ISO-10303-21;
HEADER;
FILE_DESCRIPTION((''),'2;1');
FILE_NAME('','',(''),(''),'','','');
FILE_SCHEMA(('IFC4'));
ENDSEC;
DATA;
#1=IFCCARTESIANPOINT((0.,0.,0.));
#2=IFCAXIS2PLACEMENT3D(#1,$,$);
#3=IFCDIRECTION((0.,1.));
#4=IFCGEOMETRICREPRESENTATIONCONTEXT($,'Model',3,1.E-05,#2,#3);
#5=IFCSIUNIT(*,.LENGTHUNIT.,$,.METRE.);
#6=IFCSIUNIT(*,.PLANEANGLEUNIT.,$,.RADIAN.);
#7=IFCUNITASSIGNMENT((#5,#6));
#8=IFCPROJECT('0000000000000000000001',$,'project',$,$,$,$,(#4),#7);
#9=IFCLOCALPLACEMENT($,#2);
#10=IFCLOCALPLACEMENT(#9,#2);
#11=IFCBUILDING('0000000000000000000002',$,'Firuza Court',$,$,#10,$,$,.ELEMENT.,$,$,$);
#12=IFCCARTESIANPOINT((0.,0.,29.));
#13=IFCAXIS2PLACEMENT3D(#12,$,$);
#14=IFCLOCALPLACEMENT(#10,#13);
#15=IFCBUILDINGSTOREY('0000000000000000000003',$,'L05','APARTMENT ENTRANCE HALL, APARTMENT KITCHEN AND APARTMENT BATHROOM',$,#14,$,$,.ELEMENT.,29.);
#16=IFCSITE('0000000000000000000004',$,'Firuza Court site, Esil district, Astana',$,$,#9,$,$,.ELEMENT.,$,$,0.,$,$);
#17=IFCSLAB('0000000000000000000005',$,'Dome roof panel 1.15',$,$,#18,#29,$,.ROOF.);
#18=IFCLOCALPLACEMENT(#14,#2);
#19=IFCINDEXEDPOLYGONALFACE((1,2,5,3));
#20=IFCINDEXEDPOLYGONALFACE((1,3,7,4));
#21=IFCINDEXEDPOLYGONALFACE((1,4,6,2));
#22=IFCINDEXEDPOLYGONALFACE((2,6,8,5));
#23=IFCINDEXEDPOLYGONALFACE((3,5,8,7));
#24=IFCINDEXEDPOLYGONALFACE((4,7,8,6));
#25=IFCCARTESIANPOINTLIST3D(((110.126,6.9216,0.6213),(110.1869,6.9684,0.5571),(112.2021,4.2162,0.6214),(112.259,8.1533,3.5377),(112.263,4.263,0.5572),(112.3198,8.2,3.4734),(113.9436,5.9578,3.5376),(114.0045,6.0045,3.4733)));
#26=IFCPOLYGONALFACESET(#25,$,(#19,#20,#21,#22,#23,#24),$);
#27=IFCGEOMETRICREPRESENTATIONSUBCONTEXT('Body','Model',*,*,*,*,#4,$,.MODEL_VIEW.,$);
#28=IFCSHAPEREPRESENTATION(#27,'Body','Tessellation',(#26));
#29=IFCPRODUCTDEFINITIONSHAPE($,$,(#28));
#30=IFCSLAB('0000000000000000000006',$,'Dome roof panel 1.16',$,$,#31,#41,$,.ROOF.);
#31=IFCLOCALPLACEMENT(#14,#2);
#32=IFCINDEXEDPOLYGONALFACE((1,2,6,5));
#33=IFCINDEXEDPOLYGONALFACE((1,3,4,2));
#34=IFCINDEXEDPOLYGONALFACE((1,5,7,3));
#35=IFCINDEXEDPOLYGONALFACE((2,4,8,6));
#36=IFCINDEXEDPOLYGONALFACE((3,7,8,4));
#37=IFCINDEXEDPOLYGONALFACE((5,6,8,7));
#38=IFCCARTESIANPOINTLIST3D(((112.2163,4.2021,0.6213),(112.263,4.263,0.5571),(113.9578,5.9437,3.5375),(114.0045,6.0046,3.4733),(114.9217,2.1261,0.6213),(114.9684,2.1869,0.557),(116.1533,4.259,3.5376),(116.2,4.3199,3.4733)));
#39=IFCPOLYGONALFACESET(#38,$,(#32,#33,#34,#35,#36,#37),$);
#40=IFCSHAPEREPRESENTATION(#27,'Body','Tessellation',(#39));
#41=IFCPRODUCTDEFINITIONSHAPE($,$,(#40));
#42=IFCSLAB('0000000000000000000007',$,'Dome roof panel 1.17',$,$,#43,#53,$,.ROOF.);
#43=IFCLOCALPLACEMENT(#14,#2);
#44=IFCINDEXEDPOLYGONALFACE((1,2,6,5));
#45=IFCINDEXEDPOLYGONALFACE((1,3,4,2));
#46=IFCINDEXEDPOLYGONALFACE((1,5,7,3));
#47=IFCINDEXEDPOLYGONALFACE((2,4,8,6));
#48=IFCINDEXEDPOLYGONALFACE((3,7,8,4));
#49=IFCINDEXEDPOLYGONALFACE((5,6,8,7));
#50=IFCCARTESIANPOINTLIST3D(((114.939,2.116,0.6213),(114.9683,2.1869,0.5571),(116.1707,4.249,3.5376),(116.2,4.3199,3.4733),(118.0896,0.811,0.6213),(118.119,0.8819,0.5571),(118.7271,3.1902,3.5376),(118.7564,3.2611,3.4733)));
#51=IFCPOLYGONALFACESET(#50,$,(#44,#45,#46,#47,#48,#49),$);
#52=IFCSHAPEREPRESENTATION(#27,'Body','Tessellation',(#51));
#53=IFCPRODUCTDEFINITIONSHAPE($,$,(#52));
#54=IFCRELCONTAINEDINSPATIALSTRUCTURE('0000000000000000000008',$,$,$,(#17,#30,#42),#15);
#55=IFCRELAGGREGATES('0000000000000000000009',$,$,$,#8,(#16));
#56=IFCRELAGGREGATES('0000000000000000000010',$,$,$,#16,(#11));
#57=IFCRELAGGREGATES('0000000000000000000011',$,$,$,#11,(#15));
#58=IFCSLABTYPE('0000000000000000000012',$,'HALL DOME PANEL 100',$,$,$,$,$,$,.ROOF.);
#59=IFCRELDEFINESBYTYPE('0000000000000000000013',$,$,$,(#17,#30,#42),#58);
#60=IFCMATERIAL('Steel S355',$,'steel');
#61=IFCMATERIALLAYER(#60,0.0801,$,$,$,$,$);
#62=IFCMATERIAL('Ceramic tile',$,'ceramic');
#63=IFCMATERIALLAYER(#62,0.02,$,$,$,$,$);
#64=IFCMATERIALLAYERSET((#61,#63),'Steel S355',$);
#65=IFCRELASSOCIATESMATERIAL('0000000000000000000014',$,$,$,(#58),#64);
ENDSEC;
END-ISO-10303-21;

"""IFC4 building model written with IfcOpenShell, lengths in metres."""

from ifc_helpers import new_model, si_unit, direction, frame, origin, place, context, subcontext, project, spatial, polyline, outline, extrude, material, layer, layer_set, type_object, element, save


model = new_model("IFC4")

# Units and contexts
model_context = context("Model", 3, precision=1e-05, world=origin(), true_north=direction((0.0, 1.0)))
body_context = subcontext(model_context, "Body", "Model", "MODEL_VIEW")
ifc_project = project(units=[si_unit("LENGTHUNIT", "METRE"), si_unit("PLANEANGLEUNIT", "RADIAN")], contexts=[model_context])

# Site, building, storey
site_placement = place(None, origin())
site = spatial("IfcSite", under=ifc_project, at=site_placement, Name="Firuza Court site, Esil district, Astana", CompositionType="ELEMENT", RefElevation=0.0)
building_placement = place(site_placement, origin())
building = spatial("IfcBuilding", under=site, at=building_placement, Name="Firuza Court", CompositionType="ELEMENT")
storey_placement = place(building_placement, frame((0.0, 0.0, 29.0)))
storey = spatial("IfcBuildingStorey", under=building, at=storey_placement, Name="L05", Description="APARTMENT ENTRANCE HALL, APARTMENT KITCHEN AND APARTMENT BATHROOM", CompositionType="ELEMENT", Elevation=29.0)

# Slabs
ifc_material_1 = material(Name="Steel S355", Category="steel")
ifc_layer_1 = layer(ifc_material_1, 0.0801)
ifc_material_2 = material(Name="Ceramic tile", Category="ceramic")
ifc_layer_2 = layer(ifc_material_2, 0.02)
ifc_layer_set = layer_set([ifc_layer_1, ifc_layer_2], Name="Steel S355")
slab_type = type_object("IfcSlabType", Name="HALL DOME PANEL 100", PredefinedType="ROOF", material=ifc_layer_set)
slab_1_placement = place(storey_placement, frame((110.126, 6.9216, 0.6213), z_axis=(-0.608261, -0.466756, 0.641995), x_axis=(0.55877, 0.322646, 0.763986)))
element("IfcSlab", 1, at=slab_1_placement, inside=storey, type_object=slab_type, Name="Dome roof panel 1.15", PredefinedType="ROOF", context=body_context, shape_type="SweptSolid", body=[
    extrude(outline(polyline([(0.0, 0.0), (3.8173, 0.0), (4.0502, -2.7575), (0.2872, -3.3981), (0.0, 0.0)])), origin(), (0.0, 0.0, -1.0), 0.1001),
])
slab_2_placement = place(storey_placement, frame((112.2163, 4.2021, 0.6213), z_axis=(-0.466756, -0.608261, 0.641995), x_axis=(0.456246, 0.456251, 0.763986)))
element("IfcSlab", 2, at=slab_2_placement, inside=storey, type_object=slab_type, Name="Dome roof panel 1.16", PredefinedType="ROOF", context=body_context, shape_type="SweptSolid", body=[
    extrude(outline(polyline([(0.0, 0.0), (3.8171, 0.0), (4.0502, -2.7575), (0.287, -3.3981), (0.0, 0.0)])), origin(), (0.0, 0.0, -1.0), 0.1001),
])
slab_3_placement = place(storey_placement, frame((114.939, 2.116, 0.6213), z_axis=(-0.293384, -0.70834, 0.642013), x_axis=(0.322661, 0.558789, 0.763966)))
element("IfcSlab", 3, at=slab_3_placement, inside=storey, type_object=slab_type, Name="Dome roof panel 1.17", PredefinedType="ROOF", context=body_context, shape_type="SweptSolid", body=[
    extrude(outline(polyline([(0.0, 0.0), (3.8173, 0.0), (4.0505, -2.7572), (0.2874, -3.398), (0.0, 0.0)])), origin(), (0.0, 0.0, -1.0), 0.1001),
])

save(model, "model.ifc")
